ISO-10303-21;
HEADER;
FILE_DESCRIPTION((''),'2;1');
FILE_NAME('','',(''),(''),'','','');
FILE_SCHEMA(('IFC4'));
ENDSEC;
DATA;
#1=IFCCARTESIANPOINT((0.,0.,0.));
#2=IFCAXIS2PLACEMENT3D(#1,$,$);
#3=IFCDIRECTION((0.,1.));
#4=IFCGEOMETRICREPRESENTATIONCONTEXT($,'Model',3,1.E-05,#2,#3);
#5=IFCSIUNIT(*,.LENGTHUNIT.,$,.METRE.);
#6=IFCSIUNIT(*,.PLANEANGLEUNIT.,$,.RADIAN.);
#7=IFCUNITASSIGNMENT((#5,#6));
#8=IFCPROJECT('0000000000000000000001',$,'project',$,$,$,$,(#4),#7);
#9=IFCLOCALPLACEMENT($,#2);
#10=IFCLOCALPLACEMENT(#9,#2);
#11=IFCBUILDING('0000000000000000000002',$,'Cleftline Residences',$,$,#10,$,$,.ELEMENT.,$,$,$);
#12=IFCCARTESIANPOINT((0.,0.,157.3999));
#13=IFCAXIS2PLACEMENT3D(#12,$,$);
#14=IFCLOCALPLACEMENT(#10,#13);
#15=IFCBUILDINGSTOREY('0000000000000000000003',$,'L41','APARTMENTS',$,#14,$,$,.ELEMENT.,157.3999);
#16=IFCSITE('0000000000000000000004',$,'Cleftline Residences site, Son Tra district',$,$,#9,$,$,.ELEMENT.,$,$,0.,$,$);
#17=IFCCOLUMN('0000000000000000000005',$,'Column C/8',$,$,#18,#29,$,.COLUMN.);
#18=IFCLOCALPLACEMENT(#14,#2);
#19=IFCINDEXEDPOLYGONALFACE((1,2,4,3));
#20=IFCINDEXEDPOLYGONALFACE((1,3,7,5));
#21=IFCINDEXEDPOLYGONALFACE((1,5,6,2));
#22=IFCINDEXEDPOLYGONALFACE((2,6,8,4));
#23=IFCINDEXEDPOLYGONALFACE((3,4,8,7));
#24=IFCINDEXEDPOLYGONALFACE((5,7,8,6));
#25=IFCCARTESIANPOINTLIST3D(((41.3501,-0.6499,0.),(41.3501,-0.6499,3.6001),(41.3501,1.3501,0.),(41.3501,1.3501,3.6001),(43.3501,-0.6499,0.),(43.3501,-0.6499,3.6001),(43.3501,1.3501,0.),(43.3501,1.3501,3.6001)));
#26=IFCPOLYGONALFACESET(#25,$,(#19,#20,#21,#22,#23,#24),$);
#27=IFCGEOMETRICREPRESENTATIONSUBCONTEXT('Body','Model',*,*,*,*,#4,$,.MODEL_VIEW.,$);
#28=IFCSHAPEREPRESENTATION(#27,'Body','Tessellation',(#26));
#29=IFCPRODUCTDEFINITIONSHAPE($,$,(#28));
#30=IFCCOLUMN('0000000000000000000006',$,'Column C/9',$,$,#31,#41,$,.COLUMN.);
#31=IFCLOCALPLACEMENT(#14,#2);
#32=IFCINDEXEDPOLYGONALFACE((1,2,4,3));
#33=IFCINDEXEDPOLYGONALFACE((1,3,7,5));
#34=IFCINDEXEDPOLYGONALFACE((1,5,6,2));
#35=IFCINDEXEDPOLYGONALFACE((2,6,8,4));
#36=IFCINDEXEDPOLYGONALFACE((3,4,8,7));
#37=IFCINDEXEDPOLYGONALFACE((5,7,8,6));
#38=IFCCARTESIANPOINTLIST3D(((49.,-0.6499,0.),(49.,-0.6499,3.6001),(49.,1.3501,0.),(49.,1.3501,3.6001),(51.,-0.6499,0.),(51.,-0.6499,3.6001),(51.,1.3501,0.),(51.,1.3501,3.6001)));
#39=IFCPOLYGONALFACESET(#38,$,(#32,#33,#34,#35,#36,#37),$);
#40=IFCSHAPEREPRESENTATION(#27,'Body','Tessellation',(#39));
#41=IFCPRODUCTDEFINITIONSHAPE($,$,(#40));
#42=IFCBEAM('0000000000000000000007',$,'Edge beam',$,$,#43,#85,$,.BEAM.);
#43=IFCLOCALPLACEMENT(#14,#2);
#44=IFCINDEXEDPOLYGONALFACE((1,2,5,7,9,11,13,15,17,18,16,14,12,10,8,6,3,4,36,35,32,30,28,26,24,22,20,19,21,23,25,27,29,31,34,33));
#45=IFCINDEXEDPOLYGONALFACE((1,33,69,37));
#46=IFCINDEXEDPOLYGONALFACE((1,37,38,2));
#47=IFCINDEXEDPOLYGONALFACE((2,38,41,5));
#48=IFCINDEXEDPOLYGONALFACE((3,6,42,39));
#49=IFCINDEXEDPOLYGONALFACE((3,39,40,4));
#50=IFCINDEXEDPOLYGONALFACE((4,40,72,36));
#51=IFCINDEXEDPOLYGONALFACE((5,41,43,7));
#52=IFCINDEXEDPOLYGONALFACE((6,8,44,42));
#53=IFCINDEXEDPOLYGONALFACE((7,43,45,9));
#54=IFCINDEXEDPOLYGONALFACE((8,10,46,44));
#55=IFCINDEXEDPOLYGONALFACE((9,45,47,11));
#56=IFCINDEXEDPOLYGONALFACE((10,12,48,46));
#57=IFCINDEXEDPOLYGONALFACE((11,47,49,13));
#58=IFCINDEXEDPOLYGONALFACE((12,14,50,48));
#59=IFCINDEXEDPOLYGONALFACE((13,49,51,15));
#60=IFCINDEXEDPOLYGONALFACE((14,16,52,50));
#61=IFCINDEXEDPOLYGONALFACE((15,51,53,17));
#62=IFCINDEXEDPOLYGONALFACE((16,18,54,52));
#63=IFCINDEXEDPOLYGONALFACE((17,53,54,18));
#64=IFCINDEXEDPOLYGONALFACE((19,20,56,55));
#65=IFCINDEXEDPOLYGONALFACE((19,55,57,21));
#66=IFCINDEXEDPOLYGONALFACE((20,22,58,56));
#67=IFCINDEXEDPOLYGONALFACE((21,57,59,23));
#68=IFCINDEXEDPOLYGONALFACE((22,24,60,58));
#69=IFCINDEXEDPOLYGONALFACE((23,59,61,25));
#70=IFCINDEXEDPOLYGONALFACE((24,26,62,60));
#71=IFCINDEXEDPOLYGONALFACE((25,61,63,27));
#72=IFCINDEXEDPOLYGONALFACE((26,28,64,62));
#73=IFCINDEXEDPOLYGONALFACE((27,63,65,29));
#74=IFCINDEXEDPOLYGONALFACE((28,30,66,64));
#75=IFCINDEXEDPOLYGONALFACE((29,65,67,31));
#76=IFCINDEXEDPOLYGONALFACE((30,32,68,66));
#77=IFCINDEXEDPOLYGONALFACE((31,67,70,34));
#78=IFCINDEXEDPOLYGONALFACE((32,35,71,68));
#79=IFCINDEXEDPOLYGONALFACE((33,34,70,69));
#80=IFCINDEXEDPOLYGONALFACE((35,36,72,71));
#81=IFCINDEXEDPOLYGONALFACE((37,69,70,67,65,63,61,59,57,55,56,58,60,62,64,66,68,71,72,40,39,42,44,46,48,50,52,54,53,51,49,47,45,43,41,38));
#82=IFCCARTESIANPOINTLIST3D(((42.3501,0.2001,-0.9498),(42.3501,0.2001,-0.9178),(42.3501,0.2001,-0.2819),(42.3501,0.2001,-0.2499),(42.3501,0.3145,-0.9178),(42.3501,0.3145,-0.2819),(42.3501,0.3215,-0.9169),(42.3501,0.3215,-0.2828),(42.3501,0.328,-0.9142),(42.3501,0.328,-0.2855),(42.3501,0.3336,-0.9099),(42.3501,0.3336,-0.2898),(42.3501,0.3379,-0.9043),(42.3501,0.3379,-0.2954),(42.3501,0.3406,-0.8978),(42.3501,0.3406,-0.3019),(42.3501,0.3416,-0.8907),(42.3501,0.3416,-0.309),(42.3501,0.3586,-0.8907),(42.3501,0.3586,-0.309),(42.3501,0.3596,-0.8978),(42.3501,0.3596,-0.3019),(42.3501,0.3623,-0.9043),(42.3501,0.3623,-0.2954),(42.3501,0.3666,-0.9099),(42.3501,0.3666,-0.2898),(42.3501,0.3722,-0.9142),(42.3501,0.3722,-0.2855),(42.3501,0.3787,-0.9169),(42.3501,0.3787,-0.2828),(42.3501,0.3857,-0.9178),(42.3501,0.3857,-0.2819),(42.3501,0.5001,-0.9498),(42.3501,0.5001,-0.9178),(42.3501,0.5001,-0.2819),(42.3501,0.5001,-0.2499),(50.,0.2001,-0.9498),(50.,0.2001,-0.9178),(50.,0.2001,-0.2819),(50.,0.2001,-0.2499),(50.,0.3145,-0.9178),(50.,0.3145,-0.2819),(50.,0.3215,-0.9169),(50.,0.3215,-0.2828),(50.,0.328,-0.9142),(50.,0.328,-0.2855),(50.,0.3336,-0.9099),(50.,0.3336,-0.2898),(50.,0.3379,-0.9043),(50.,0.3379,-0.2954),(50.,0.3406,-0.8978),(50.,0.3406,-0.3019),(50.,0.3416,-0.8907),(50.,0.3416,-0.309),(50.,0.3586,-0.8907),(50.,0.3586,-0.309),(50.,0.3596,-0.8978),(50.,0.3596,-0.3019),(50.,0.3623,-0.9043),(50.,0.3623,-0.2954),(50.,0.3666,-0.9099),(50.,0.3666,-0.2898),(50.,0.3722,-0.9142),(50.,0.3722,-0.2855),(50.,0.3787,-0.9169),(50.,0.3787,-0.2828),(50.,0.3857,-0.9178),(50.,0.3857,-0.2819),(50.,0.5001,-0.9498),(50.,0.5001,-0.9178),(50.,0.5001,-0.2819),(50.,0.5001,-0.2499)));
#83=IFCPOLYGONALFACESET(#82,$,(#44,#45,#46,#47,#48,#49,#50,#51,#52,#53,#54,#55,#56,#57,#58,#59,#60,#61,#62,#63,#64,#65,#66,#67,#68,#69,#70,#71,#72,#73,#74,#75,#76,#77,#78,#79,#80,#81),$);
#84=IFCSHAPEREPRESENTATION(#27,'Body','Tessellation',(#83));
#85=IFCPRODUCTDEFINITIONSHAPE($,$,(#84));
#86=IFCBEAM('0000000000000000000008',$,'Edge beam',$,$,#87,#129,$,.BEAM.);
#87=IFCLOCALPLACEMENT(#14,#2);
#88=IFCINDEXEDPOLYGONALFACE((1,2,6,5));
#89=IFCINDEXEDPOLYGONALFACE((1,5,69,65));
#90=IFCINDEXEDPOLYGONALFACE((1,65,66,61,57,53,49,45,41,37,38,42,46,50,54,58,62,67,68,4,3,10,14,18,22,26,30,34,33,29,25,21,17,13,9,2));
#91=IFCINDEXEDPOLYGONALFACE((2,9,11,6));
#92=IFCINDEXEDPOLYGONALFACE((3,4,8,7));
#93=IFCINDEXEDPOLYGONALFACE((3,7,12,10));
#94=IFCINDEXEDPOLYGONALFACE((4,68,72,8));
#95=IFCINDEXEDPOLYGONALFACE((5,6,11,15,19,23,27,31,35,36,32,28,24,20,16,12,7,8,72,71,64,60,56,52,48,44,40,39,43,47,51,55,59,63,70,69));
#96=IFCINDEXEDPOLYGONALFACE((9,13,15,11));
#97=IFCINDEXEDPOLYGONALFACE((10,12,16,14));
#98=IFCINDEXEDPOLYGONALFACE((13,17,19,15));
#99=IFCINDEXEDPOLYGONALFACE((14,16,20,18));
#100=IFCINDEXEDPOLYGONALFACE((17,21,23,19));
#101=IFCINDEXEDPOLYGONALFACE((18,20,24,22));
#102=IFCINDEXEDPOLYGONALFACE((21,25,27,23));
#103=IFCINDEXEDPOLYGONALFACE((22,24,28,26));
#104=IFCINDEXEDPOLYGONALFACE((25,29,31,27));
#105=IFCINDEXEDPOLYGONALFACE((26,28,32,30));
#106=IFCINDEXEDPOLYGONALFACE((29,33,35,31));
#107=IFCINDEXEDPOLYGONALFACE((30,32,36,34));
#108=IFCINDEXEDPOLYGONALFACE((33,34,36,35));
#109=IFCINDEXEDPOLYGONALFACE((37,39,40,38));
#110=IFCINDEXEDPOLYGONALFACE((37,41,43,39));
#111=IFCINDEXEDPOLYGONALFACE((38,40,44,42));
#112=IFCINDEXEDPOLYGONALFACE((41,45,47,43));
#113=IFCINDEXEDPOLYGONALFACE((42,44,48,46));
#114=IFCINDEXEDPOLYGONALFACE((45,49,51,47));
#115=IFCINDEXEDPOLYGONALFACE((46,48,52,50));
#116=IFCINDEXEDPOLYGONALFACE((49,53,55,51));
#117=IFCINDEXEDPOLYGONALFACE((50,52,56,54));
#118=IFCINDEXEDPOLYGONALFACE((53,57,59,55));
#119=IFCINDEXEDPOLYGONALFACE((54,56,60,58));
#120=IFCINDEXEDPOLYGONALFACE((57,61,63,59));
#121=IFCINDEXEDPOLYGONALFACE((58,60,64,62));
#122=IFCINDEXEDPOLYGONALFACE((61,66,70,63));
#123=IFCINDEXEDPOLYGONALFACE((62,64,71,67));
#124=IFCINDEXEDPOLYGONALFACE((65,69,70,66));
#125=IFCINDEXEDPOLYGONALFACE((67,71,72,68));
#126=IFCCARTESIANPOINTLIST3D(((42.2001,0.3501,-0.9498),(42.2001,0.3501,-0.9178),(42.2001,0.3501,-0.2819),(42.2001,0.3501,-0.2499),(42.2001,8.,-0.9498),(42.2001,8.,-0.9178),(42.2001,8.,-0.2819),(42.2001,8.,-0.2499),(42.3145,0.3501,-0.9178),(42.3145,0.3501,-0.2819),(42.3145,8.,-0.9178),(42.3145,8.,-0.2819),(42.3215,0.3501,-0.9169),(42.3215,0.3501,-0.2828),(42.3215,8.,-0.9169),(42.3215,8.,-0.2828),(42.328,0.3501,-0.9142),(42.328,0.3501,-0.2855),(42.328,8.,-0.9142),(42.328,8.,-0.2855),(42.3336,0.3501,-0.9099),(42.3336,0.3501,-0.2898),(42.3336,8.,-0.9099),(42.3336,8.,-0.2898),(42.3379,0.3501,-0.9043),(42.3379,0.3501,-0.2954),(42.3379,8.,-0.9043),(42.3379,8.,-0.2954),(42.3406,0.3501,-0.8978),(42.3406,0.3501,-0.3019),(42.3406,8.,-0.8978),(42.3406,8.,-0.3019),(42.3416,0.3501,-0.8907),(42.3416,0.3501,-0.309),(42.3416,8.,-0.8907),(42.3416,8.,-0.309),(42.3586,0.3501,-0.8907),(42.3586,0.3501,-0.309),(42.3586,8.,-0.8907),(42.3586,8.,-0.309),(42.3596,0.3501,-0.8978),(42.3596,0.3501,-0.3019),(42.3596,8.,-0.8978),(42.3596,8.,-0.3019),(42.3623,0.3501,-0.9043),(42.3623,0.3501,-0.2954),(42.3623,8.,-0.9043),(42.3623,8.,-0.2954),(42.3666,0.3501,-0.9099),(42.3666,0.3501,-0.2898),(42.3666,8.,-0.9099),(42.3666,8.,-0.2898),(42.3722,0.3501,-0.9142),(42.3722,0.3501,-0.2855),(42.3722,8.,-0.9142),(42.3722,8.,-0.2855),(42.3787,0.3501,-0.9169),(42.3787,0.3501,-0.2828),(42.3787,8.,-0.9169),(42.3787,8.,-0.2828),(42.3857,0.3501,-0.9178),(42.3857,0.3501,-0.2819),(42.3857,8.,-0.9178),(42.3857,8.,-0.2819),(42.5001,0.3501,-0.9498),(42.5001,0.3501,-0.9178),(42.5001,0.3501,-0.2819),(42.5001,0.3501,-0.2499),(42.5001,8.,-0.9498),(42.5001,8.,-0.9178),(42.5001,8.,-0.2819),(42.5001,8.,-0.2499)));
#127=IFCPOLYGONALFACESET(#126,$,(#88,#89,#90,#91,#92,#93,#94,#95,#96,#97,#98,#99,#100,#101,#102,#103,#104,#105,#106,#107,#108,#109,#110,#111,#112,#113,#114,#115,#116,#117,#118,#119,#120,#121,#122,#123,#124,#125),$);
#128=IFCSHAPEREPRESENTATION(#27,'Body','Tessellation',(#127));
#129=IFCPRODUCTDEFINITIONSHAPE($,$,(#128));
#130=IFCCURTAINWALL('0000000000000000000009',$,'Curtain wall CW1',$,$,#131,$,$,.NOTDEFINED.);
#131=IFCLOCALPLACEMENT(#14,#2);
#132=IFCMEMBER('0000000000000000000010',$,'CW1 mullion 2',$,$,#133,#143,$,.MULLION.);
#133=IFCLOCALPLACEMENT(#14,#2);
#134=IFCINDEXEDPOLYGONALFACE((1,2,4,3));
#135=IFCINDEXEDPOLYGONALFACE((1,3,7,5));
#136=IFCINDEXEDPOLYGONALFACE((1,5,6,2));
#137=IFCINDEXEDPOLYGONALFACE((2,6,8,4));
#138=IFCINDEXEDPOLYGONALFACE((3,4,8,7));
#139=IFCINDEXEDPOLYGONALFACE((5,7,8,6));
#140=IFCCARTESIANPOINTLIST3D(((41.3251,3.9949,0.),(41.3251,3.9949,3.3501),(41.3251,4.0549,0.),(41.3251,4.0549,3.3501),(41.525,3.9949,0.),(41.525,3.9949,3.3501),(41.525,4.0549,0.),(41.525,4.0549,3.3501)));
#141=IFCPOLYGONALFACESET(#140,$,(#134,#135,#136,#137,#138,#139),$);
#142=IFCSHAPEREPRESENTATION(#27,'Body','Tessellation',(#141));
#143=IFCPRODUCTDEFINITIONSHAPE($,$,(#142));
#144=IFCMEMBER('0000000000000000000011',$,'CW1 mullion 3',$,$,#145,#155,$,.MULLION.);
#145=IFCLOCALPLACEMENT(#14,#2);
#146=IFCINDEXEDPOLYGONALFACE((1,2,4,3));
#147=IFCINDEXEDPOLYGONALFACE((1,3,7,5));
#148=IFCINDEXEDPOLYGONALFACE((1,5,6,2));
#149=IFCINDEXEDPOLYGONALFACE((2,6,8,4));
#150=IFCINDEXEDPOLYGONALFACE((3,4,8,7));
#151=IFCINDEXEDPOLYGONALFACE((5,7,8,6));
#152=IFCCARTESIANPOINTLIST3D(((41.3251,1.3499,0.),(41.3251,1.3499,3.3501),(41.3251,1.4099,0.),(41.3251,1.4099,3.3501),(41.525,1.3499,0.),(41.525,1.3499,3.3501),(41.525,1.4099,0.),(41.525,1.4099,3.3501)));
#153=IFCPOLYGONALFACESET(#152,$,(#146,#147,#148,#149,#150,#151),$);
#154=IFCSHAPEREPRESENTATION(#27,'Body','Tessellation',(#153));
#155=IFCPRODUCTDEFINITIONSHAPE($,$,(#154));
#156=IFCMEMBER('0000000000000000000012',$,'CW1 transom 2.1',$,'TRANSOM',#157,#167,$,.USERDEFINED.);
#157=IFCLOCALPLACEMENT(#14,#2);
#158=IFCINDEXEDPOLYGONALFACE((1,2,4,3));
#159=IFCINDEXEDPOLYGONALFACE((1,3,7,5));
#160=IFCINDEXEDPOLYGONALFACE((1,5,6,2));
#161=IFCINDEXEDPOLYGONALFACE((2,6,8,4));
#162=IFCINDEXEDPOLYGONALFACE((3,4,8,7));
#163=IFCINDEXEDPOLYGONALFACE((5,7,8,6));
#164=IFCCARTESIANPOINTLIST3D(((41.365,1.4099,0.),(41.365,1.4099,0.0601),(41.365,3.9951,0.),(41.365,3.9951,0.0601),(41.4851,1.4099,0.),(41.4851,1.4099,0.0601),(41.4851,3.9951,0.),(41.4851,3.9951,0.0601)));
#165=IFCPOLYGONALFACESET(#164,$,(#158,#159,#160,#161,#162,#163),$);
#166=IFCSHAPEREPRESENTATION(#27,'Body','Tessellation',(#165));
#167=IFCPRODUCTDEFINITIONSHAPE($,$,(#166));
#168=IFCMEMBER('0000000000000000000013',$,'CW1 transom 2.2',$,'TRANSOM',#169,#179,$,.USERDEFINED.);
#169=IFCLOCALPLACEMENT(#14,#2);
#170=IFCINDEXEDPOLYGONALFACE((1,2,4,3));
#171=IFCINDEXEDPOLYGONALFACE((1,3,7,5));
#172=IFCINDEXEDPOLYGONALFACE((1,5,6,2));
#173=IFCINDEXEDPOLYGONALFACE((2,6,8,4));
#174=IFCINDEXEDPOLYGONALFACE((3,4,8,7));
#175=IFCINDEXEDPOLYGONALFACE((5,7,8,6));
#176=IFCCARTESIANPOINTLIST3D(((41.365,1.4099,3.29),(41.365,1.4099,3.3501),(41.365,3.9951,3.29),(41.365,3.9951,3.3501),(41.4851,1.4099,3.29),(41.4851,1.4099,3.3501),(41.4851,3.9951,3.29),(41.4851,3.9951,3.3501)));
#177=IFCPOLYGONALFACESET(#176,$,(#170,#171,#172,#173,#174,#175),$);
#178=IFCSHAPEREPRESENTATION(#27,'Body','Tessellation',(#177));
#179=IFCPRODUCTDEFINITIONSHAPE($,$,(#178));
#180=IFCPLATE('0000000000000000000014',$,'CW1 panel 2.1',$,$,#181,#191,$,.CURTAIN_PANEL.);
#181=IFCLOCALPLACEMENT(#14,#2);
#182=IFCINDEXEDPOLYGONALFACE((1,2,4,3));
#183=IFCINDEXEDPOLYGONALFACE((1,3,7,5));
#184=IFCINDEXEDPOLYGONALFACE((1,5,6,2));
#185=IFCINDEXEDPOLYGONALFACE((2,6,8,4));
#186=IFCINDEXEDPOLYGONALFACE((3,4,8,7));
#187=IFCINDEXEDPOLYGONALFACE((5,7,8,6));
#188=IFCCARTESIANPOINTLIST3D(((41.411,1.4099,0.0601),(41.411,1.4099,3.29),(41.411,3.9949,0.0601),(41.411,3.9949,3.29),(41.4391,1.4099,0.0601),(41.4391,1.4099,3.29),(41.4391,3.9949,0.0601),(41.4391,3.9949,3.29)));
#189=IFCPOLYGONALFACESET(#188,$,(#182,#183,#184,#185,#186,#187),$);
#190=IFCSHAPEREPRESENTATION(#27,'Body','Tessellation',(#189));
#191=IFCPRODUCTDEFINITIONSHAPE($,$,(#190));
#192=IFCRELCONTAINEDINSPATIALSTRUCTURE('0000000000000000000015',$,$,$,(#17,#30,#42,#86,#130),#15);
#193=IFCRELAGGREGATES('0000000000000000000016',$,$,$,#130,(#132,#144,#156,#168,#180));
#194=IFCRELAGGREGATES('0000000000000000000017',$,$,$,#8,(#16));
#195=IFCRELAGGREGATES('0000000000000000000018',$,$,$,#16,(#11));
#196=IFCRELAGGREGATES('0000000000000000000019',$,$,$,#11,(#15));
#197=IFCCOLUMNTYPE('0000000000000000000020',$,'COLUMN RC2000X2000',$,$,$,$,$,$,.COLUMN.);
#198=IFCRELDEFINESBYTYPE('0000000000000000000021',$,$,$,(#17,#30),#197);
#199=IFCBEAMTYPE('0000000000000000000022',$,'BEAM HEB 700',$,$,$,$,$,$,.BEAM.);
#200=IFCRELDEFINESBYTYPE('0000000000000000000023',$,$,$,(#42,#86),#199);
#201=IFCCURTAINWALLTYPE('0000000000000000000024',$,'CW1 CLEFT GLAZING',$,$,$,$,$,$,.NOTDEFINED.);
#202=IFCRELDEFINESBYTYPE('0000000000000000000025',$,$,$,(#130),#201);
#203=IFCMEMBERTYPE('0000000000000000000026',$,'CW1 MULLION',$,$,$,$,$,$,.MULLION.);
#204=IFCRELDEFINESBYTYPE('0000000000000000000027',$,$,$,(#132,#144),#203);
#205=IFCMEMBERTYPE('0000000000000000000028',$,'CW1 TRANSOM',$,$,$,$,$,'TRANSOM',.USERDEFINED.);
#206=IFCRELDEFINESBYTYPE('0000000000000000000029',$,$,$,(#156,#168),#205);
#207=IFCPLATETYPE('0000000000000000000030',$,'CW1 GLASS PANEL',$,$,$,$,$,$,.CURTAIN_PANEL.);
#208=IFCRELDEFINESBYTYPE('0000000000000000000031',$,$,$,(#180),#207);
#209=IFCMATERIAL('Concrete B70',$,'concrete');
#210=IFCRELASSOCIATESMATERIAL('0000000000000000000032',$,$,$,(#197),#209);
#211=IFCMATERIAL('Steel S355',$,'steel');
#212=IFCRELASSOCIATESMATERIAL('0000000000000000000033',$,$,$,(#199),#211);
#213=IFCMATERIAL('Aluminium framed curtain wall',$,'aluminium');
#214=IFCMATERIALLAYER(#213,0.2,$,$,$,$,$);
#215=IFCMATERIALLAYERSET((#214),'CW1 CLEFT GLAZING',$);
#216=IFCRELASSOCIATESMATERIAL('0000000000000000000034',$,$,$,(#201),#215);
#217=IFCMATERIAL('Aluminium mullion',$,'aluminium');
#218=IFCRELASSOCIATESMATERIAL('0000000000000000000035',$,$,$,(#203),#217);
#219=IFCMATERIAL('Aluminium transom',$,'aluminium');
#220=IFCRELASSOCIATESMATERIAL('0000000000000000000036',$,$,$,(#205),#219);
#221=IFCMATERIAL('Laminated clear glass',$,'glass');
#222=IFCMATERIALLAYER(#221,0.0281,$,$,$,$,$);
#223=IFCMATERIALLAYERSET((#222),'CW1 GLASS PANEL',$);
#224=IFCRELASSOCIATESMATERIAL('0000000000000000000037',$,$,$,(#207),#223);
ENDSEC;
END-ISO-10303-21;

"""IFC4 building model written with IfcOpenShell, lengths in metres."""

from ifc_helpers import new_model, si_unit, direction, frame, origin, origin_2d, place, context, subcontext, project, spatial, rectangle, i_section, extrude, material, layer, layer_set, material_profile, profile_set, type_object, element, aggregate, save


model = new_model("IFC4")

# Units and contexts
model_context = context("Model", 3, precision=1e-05, world=origin(), true_north=direction((0.0, 1.0)))
body_context = subcontext(model_context, "Body", "Model", "MODEL_VIEW")
ifc_project = project(units=[si_unit("LENGTHUNIT", "METRE"), si_unit("PLANEANGLEUNIT", "RADIAN")], contexts=[model_context])

# Site, building, storey
site_placement = place(None, origin())
site = spatial("IfcSite", under=ifc_project, at=site_placement, Name="Cleftline Residences site, Son Tra district", CompositionType="ELEMENT", RefElevation=0.0)
building_placement = place(site_placement, origin())
building = spatial("IfcBuilding", under=site, at=building_placement, Name="Cleftline Residences", CompositionType="ELEMENT")
storey_placement = place(building_placement, frame((0.0, 0.0, 157.3999)))
storey = spatial("IfcBuildingStorey", under=building, at=storey_placement, Name="L41", Description="APARTMENTS", CompositionType="ELEMENT", Elevation=157.3999)

# Columns
ifc_material_1 = material(Name="Concrete B70", Category="concrete")
ifc_material_profile_1 = material_profile(ifc_material_1, rectangle(XDim=2.0, YDim=2.0, at=origin_2d()))
ifc_profile_set_1 = profile_set([ifc_material_profile_1], Name="Concrete B70")
column_type = type_object("IfcColumnType", Name="COLUMN RC2000X2000", PredefinedType="COLUMN", material=ifc_profile_set_1)
for number, where, z_axis, x_axis, name in (
    (1, (42.3501, 0.3501, 0.0), (0.0, 0.0, 1.0), (1.0, 0.0, 0.0), "Column C/8"),
    (2, (50.0, 0.3501, 0.0), (0.0, 0.0, 1.0), (1.0, 0.0, 0.0), "Column C/9"),
):
    element("IfcColumn", number, at=place(storey_placement, frame(where, z_axis=z_axis, x_axis=x_axis)), inside=storey, type_object=column_type, Name=name, PredefinedType="COLUMN", context=body_context, shape_type="SweptSolid", body=[
        extrude(rectangle(XDim=2.0, YDim=2.0, at=origin_2d()), origin(), (0.0, 0.0, 1.0), 3.6001),
    ])

# Beams
ifc_material_2 = material(Name="Steel S355", Category="steel")
ifc_material_profile_2 = material_profile(ifc_material_2, i_section(OverallWidth=0.3, OverallDepth=0.7, WebThickness=0.0171, FlangeThickness=0.032, FilletRadius=0.0271, at=origin_2d()))
ifc_profile_set_2 = profile_set([ifc_material_profile_2], Name="Steel S355")
beam_type = type_object("IfcBeamType", Name="BEAM HEB 700", PredefinedType="BEAM", material=ifc_profile_set_2)
for number, where, z_axis, x_axis, name in (
    (3, (50.0, 0.3501, -0.5999), (-1.0, 0.0, 0.0), (0.0, -1.0, 0.0), "Edge beam"),
    (4, (42.3501, 0.3501, -0.5999), (0.0, 1.0, 0.0), (-1.0, 0.0, 0.0), "Edge beam"),
):
    element("IfcBeam", number, at=place(storey_placement, frame(where, z_axis=z_axis, x_axis=x_axis)), inside=storey, type_object=beam_type, Name=name, PredefinedType="BEAM", context=body_context, shape_type="SweptSolid", body=[
        extrude(i_section(OverallWidth=0.3, OverallDepth=0.7, WebThickness=0.0171, FlangeThickness=0.032, FilletRadius=0.0271, at=origin_2d()), origin(), (0.0, 0.0, 1.0), 7.6499),
    ])

# Curtain wall, members, plate
ifc_material_3 = material(Name="Aluminium framed curtain wall", Category="aluminium")
ifc_layer_1 = layer(ifc_material_3, 0.2)
ifc_layer_set_1 = layer_set([ifc_layer_1], Name="CW1 CLEFT GLAZING")
curtain_wall_type = type_object("IfcCurtainWallType", Name="CW1 CLEFT GLAZING", PredefinedType="NOTDEFINED", material=ifc_layer_set_1)
curtain_wall_placement = place(storey_placement, origin())
curtain_wall = element("IfcCurtainWall", 5, at=curtain_wall_placement, inside=storey, type_object=curtain_wall_type, Name="Curtain wall CW1", PredefinedType="NOTDEFINED")
ifc_material_4 = material(Name="Aluminium mullion", Category="aluminium")
ifc_material_profile_3 = material_profile(ifc_material_4, rectangle(XDim=0.2, YDim=0.0601, at=origin_2d()))
ifc_profile_set_3 = profile_set([ifc_material_profile_3], Name="Aluminium mullion")
member_type_1 = type_object("IfcMemberType", Name="CW1 MULLION", PredefinedType="MULLION", material=ifc_profile_set_3)
member_1_placement = place(storey_placement, frame((41.425, 4.0249, 0.0), z_axis=(0.0, 0.0, 1.0), x_axis=(1.0, 0.0, 0.0)))
member_1 = element("IfcMember", 6, at=member_1_placement, type_object=member_type_1, Name="CW1 mullion 2", PredefinedType="MULLION", context=body_context, shape_type="SweptSolid", body=[
    extrude(rectangle(XDim=0.2, YDim=0.0601, at=origin_2d()), origin(), (0.0, 0.0, 1.0), 3.3501),
])
member_2_placement = place(storey_placement, frame((41.425, 1.3799, 0.0), z_axis=(0.0, 0.0, 1.0), x_axis=(1.0, 0.0, 0.0)))
member_2 = element("IfcMember", 7, at=member_2_placement, type_object=member_type_1, Name="CW1 mullion 3", PredefinedType="MULLION", context=body_context, shape_type="SweptSolid", body=[
    extrude(rectangle(XDim=0.2, YDim=0.0601, at=origin_2d()), origin(), (0.0, 0.0, 1.0), 3.3501),
])
ifc_material_5 = material(Name="Aluminium transom", Category="aluminium")
ifc_material_profile_4 = material_profile(ifc_material_5, rectangle(XDim=0.1201, YDim=0.0601, at=origin_2d()))
ifc_profile_set_4 = profile_set([ifc_material_profile_4], Name="Aluminium transom")
member_type_2 = type_object("IfcMemberType", Name="CW1 TRANSOM", ElementType="TRANSOM", PredefinedType="USERDEFINED", material=ifc_profile_set_4)
member_3_placement = place(storey_placement, frame((41.425, 3.9951, 0.03), z_axis=(0.0, -1.0, 0.0), x_axis=(1.0, 0.0, 0.0)))
member_3 = element("IfcMember", 8, at=member_3_placement, type_object=member_type_2, Name="CW1 transom 2.1", ObjectType="TRANSOM", PredefinedType="USERDEFINED", context=body_context, shape_type="SweptSolid", body=[
    extrude(rectangle(XDim=0.1201, YDim=0.0601, at=origin_2d()), origin(), (0.0, 0.0, 1.0), 2.5852),
])
member_4_placement = place(storey_placement, frame((41.425, 3.9951, 3.3201), z_axis=(0.0, -1.0, 0.0), x_axis=(1.0, 0.0, 0.0)))
member_4 = element("IfcMember", 9, at=member_4_placement, type_object=member_type_2, Name="CW1 transom 2.2", ObjectType="TRANSOM", PredefinedType="USERDEFINED", context=body_context, shape_type="SweptSolid", body=[
    extrude(rectangle(XDim=0.1201, YDim=0.0601, at=origin_2d()), origin(), (0.0, 0.0, 1.0), 2.5852),
])
ifc_material_6 = material(Name="Laminated clear glass", Category="glass")
ifc_layer_2 = layer(ifc_material_6, 0.0281)
ifc_layer_set_2 = layer_set([ifc_layer_2], Name="CW1 GLASS PANEL")
plate_type = type_object("IfcPlateType", Name="CW1 GLASS PANEL", PredefinedType="CURTAIN_PANEL", material=ifc_layer_set_2)
plate_placement = place(storey_placement, frame((41.425, 2.7024, 0.0601), z_axis=(0.0, 0.0, 1.0), x_axis=(0.0, -1.0, 0.0)))
plate = element("IfcPlate", 10, at=plate_placement, type_object=plate_type, Name="CW1 panel 2.1", PredefinedType="CURTAIN_PANEL", context=body_context, shape_type="SweptSolid", body=[
    extrude(rectangle(XDim=2.585, YDim=0.0281, at=origin_2d()), origin(), (0.0, 0.0, 1.0), 3.23),
])
aggregate(curtain_wall, [member_1, member_2, member_3, member_4, plate])

save(model, "model.ifc")
